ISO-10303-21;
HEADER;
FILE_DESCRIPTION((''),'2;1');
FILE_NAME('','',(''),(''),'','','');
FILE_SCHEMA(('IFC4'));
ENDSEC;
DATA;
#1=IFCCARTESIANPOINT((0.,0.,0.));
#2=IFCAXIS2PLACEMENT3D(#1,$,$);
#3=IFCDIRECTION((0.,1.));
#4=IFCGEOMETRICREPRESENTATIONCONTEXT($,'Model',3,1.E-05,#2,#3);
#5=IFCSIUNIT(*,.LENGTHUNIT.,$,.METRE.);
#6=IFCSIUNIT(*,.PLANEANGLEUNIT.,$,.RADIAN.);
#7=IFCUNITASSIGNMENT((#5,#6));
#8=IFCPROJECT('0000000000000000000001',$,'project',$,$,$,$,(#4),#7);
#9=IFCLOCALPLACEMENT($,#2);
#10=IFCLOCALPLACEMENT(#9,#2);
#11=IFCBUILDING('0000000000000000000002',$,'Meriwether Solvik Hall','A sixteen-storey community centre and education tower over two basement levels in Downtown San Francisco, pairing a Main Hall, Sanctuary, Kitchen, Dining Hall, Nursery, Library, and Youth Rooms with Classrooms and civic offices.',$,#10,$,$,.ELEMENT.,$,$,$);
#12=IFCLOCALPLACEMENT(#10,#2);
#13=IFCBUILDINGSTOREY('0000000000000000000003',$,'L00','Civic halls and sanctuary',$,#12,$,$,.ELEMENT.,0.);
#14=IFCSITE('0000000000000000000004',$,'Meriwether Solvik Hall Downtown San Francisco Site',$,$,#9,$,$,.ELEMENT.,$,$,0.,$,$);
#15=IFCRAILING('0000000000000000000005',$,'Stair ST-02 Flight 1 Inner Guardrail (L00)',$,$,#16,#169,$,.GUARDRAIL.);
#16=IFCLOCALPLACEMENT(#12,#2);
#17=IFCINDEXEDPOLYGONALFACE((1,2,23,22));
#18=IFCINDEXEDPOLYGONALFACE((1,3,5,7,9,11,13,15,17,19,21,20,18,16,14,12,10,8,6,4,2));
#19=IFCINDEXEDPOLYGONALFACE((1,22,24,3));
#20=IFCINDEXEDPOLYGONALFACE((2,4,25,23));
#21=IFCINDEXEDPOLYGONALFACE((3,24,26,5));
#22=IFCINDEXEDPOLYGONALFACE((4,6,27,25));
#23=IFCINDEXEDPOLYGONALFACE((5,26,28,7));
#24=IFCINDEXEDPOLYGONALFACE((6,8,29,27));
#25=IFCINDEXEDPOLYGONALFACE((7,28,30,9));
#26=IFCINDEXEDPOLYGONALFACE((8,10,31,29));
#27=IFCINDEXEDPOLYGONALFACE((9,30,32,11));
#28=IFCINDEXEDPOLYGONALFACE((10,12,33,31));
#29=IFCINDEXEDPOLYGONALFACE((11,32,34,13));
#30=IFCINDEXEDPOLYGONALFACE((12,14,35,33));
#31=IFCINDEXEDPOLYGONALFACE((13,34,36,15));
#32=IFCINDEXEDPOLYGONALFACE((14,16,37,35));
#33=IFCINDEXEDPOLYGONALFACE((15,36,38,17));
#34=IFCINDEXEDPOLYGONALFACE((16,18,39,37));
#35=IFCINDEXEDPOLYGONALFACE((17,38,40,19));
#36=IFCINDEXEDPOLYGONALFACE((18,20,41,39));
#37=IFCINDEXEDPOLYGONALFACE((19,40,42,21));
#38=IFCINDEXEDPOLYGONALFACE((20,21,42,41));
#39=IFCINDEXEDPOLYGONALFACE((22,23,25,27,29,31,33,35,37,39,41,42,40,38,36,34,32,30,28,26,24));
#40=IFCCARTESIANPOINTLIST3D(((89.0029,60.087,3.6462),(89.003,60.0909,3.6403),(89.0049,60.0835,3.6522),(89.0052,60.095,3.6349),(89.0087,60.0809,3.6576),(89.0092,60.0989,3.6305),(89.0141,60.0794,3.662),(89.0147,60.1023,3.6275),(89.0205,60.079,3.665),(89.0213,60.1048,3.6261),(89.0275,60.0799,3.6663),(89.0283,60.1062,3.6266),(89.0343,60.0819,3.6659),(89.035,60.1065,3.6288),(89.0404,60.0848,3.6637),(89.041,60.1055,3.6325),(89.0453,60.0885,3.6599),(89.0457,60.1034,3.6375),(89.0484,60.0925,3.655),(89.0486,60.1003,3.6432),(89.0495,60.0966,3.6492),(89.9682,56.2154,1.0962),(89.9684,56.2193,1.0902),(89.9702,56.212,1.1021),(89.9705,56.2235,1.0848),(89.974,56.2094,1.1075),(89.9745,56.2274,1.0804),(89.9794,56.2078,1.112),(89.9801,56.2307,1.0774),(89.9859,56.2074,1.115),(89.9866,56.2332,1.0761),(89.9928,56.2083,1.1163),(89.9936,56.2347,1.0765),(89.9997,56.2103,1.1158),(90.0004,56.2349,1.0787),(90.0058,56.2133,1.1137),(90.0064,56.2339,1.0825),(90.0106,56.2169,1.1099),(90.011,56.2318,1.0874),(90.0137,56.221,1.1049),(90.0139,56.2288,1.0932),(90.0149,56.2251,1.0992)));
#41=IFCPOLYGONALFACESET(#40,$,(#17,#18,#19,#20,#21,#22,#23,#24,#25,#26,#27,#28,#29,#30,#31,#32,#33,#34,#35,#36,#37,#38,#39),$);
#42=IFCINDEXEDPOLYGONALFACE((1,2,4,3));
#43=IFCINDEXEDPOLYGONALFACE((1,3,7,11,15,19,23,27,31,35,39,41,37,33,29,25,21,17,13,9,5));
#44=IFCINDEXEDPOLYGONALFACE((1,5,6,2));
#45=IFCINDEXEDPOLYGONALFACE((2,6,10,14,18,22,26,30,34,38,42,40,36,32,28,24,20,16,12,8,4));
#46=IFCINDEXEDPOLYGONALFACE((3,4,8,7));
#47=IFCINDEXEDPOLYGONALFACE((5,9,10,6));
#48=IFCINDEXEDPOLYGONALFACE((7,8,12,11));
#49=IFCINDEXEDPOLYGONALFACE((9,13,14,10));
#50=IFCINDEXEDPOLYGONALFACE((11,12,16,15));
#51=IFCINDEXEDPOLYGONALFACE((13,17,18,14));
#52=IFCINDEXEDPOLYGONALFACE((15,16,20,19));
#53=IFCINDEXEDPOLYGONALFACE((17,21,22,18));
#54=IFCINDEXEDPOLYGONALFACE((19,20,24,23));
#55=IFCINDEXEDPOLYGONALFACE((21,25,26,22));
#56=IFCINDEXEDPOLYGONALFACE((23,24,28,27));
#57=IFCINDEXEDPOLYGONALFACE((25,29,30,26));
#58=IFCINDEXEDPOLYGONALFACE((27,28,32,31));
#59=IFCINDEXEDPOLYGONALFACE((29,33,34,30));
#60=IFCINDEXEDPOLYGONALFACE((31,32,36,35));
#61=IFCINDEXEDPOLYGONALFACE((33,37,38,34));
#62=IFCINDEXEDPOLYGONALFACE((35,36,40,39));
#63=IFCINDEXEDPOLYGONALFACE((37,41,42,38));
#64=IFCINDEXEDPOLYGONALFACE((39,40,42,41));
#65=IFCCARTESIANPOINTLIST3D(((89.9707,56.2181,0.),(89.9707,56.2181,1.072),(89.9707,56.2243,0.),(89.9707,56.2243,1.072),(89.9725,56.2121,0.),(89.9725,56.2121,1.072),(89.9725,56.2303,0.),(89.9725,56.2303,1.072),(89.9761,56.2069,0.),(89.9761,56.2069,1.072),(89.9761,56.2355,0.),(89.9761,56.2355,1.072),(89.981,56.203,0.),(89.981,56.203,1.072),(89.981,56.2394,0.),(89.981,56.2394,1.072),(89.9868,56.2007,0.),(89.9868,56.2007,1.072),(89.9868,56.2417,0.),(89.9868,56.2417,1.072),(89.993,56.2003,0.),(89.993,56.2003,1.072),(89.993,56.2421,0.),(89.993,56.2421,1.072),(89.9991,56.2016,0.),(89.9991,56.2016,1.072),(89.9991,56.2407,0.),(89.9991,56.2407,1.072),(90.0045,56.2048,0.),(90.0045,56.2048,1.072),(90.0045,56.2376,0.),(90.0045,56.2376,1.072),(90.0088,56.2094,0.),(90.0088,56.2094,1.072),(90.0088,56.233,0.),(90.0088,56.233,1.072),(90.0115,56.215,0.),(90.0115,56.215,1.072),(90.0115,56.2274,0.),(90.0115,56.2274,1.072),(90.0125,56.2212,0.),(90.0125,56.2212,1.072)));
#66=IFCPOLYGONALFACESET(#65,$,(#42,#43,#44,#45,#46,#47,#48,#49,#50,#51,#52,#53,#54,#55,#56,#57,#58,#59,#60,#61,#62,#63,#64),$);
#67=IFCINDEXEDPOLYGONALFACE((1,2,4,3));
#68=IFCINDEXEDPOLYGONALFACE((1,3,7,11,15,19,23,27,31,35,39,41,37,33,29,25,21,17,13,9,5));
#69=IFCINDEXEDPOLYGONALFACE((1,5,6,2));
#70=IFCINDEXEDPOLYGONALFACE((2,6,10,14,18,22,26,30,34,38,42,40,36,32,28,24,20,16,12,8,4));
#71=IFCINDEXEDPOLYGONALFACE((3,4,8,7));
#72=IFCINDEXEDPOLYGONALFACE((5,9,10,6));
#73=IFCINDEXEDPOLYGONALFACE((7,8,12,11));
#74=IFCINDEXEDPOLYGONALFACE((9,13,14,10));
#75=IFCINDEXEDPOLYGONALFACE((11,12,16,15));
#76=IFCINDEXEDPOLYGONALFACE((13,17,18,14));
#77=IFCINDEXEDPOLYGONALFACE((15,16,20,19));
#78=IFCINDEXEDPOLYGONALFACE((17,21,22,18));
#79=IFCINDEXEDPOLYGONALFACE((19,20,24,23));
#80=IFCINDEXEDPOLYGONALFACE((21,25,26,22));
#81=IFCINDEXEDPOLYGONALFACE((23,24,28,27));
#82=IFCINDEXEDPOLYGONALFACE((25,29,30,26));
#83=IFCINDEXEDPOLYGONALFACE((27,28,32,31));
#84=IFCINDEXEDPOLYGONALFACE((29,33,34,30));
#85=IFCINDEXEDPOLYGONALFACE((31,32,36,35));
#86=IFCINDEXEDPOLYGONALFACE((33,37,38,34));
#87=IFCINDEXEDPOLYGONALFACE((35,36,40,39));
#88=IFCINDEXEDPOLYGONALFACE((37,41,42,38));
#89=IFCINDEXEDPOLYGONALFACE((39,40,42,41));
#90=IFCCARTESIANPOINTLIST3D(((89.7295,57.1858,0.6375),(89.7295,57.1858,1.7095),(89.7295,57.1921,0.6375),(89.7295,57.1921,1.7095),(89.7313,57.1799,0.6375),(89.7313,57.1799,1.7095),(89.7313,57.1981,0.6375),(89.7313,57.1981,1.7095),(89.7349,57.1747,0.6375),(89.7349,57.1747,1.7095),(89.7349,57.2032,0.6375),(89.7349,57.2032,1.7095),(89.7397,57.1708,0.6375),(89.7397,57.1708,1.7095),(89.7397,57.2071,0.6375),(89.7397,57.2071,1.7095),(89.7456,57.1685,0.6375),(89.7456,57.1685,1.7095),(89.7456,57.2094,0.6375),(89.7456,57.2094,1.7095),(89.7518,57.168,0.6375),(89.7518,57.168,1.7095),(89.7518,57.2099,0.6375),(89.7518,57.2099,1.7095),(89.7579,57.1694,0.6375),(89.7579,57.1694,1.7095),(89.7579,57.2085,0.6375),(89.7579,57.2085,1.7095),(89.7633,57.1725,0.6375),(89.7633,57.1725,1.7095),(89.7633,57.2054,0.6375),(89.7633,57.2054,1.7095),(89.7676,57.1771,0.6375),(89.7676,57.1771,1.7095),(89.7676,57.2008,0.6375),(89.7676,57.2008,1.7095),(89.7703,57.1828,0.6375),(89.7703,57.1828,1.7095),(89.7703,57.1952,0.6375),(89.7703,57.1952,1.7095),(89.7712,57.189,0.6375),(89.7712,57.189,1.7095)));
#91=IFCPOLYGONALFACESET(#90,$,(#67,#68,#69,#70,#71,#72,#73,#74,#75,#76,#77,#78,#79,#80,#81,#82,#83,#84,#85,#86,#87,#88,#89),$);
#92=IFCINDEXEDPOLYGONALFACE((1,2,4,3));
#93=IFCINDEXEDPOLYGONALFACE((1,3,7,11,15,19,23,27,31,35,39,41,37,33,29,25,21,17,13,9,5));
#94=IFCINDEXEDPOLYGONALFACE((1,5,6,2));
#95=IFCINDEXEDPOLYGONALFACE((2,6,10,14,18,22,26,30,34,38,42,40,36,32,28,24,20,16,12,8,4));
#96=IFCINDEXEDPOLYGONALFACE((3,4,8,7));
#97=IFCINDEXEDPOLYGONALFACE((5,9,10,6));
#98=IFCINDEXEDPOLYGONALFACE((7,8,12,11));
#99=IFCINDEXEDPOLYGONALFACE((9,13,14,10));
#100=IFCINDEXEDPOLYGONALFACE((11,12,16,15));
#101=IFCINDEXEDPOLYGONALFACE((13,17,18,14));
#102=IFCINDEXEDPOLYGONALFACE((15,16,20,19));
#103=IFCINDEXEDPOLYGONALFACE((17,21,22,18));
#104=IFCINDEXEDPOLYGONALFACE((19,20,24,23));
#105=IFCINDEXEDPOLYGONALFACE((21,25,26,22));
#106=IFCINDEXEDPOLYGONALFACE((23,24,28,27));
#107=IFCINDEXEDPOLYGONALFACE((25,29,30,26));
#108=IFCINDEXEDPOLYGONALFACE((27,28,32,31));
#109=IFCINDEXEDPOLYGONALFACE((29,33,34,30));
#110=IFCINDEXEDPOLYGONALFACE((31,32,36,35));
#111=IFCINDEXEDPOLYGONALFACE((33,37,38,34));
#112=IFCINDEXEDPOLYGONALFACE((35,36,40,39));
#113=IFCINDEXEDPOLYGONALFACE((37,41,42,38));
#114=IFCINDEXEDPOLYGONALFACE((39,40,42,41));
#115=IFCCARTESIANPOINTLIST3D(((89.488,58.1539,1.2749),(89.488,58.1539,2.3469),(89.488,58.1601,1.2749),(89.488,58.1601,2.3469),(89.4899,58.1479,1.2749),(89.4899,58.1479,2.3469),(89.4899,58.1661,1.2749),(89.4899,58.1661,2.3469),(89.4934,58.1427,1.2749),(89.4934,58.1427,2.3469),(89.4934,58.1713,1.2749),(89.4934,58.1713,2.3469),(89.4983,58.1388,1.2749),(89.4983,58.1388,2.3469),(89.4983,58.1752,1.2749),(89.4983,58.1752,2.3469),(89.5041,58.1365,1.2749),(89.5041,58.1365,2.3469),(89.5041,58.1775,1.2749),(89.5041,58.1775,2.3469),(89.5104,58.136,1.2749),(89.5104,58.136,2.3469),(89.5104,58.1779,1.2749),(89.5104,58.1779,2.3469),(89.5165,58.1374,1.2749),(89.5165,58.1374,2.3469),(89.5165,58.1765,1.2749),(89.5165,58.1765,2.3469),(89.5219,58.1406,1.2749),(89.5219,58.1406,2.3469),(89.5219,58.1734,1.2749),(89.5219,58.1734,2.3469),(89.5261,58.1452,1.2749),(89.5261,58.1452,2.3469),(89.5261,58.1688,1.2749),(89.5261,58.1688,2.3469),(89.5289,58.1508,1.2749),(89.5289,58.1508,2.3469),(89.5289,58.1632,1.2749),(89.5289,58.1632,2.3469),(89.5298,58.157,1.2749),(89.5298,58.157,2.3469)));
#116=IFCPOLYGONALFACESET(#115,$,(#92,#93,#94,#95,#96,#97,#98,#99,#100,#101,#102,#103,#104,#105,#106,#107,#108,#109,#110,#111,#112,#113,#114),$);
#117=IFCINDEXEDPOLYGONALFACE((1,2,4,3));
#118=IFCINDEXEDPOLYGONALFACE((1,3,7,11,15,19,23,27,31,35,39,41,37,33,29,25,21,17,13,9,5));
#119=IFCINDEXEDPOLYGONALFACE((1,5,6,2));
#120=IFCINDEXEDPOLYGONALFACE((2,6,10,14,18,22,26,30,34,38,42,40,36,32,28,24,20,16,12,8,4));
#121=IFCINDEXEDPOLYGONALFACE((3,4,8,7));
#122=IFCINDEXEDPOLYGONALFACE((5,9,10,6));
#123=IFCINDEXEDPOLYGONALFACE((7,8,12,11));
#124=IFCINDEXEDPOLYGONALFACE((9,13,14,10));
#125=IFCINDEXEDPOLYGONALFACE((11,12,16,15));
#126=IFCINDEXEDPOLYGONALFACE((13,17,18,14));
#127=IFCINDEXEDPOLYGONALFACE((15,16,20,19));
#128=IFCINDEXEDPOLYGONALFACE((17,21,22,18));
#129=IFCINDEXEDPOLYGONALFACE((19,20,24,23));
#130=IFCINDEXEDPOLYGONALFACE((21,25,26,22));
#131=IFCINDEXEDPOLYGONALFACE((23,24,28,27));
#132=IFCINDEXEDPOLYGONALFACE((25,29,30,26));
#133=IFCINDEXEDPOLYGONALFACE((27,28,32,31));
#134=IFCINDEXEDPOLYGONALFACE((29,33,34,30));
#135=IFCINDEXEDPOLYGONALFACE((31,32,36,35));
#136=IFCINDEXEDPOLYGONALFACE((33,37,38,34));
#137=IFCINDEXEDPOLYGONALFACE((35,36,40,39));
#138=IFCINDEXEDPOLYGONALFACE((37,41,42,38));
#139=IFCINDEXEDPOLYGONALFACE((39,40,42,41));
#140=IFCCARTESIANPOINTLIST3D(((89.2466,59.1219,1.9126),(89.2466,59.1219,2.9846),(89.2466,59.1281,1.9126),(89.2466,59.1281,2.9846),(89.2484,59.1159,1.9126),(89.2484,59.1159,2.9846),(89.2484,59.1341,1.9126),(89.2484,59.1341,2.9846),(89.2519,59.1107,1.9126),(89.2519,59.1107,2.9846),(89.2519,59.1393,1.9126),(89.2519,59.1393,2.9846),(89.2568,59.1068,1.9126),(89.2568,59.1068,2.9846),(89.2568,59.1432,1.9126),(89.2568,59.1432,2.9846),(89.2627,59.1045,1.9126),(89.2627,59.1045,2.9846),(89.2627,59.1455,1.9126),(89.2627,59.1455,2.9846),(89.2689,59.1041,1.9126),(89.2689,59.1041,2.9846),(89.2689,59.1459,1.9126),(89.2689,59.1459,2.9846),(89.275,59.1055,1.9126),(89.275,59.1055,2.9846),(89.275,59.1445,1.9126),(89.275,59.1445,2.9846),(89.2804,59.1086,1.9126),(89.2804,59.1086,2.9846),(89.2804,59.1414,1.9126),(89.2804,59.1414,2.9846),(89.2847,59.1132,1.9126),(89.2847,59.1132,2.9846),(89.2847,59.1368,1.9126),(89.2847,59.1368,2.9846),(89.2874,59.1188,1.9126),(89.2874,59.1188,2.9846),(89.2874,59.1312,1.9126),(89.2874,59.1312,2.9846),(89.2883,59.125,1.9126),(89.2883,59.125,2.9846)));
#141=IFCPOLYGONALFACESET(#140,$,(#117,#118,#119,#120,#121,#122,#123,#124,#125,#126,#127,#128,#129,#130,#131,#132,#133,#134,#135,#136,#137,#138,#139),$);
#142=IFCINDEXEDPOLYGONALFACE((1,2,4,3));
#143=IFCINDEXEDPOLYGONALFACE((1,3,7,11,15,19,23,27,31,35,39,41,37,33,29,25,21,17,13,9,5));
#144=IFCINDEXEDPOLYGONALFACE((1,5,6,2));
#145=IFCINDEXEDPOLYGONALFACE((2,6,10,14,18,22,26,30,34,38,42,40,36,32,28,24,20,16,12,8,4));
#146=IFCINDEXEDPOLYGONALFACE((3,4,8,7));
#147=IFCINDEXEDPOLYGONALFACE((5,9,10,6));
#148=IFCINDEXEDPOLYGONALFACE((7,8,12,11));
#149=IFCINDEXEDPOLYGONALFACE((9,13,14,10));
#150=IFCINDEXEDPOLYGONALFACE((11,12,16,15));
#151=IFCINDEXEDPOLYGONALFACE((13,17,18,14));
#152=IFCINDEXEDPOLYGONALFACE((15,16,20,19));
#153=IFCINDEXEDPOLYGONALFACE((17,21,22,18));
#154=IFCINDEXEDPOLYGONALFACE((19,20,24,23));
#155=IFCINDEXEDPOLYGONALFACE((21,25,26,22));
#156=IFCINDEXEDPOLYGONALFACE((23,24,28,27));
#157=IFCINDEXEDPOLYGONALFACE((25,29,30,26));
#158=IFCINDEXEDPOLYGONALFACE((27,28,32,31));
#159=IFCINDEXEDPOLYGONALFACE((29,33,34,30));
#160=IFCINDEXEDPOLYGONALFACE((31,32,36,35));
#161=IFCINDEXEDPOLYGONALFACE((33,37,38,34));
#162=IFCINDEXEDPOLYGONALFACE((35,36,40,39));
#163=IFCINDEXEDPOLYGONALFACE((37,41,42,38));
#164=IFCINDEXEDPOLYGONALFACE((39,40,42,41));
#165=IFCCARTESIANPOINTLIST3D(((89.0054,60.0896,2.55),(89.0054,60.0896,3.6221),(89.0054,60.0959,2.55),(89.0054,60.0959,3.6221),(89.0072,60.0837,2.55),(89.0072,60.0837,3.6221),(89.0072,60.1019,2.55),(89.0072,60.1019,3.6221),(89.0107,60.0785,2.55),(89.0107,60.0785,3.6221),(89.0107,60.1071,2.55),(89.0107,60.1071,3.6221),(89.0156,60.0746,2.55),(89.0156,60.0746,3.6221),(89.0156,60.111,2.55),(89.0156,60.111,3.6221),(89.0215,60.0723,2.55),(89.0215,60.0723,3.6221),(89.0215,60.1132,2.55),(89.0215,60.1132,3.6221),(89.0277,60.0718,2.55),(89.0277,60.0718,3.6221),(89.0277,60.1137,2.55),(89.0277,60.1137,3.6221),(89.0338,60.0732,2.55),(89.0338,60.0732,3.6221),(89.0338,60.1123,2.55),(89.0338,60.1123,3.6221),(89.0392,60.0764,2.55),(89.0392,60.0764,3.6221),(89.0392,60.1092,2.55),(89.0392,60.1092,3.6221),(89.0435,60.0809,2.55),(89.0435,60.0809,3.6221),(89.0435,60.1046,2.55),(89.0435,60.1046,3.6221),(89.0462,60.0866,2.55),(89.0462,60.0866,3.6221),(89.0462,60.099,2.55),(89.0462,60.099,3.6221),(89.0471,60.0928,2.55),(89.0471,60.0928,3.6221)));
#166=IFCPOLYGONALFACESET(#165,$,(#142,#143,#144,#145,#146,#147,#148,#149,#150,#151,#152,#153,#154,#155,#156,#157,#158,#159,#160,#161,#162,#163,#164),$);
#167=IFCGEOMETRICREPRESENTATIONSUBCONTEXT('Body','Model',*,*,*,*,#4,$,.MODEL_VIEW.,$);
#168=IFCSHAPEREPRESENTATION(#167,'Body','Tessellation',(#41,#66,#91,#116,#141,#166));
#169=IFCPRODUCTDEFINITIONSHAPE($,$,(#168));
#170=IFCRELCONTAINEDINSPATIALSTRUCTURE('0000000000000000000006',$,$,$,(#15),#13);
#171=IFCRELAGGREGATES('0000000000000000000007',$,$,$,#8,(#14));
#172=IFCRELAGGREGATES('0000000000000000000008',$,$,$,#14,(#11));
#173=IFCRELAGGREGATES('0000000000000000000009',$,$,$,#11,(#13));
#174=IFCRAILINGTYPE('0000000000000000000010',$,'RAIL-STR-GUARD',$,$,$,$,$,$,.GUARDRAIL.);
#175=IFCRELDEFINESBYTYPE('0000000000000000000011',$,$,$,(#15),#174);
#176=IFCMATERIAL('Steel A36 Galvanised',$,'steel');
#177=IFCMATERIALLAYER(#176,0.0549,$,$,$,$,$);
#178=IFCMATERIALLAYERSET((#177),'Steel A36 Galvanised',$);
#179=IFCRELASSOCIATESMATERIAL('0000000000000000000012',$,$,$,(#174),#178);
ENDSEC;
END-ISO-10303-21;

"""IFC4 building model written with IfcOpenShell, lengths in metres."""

from ifc_helpers import new_model, si_unit, direction, frame, origin, origin_2d, place, context, subcontext, project, spatial, circle, extrude, material, layer, layer_set, type_object, element, save


model = new_model("IFC4")

# Units and contexts
model_context = context("Model", 3, precision=1e-05, world=origin(), true_north=direction((0.0, 1.0)))
body_context = subcontext(model_context, "Body", "Model", "MODEL_VIEW")
ifc_project = project(units=[si_unit("LENGTHUNIT", "METRE"), si_unit("PLANEANGLEUNIT", "RADIAN")], contexts=[model_context])

# Site, building, storey
site_placement = place(None, origin())
site = spatial("IfcSite", under=ifc_project, at=site_placement, Name="Meriwether Solvik Hall Downtown San Francisco Site", CompositionType="ELEMENT", RefElevation=0.0)
building_placement = place(site_placement, origin())
building = spatial("IfcBuilding", under=site, at=building_placement, Name="Meriwether Solvik Hall", Description="A sixteen-storey community centre and education tower over two basement levels in Downtown San Francisco, pairing a Main Hall, Sanctuary, Kitchen, Dining Hall, Nursery, Library, and Youth Rooms with Classrooms and civic offices.", CompositionType="ELEMENT")
storey_placement = place(building_placement, origin())
storey = spatial("IfcBuildingStorey", under=building, at=storey_placement, Name="L00", Description="Civic halls and sanctuary", CompositionType="ELEMENT", Elevation=0.0)

# Railing
ifc_material_1 = material(Name="Steel A36 Galvanised", Category="steel")
ifc_layer_1 = layer(ifc_material_1, 0.0549)
ifc_layer_set_1 = layer_set([ifc_layer_1], Name="Steel A36 Galvanised")
railing_type_1 = type_object("IfcRailingType", Name="RAIL-STR-GUARD", PredefinedType="GUARDRAIL", material=ifc_layer_set_1)
railing_1_placement = place(storey_placement, frame((89.9915, 56.2212, 0.0)))
element("IfcRailing", 1, at=railing_1_placement, inside=storey, type_object=railing_type_1, Name="Stair ST-02 Flight 1 Inner Guardrail (L00)", PredefinedType="GUARDRAIL", context=body_context, shape_type="SweptSolid", body=[
    extrude(circle(Radius=0.0239, at=origin_2d()), frame((0.0, 0.0, 1.0962), z_axis=(-0.203856, 0.817587, 0.538511), x_axis=(-0.970293, -0.241931, 0.0)), (0.0, 0.0, 1.0), 4.7354),
    extrude(circle(Radius=0.021, at=origin_2d()), origin(), (0.0, 0.0, 1.0), 1.072),
    extrude(circle(Radius=0.021, at=origin_2d()), frame((-0.2412, 0.9678, 0.6375)), (0.0, 0.0, 1.0), 1.072),
    extrude(circle(Radius=0.021, at=origin_2d()), frame((-0.4827, 1.9358, 1.2749)), (0.0, 0.0, 1.0), 1.072),
    extrude(circle(Radius=0.021, at=origin_2d()), frame((-0.7241, 2.9038, 1.9126)), (0.0, 0.0, 1.0), 1.072),
    extrude(circle(Radius=0.021, at=origin_2d()), frame((-0.9653, 3.8716, 2.55)), (0.0, 0.0, 1.0), 1.072),
])

save(model, "model.ifc")
